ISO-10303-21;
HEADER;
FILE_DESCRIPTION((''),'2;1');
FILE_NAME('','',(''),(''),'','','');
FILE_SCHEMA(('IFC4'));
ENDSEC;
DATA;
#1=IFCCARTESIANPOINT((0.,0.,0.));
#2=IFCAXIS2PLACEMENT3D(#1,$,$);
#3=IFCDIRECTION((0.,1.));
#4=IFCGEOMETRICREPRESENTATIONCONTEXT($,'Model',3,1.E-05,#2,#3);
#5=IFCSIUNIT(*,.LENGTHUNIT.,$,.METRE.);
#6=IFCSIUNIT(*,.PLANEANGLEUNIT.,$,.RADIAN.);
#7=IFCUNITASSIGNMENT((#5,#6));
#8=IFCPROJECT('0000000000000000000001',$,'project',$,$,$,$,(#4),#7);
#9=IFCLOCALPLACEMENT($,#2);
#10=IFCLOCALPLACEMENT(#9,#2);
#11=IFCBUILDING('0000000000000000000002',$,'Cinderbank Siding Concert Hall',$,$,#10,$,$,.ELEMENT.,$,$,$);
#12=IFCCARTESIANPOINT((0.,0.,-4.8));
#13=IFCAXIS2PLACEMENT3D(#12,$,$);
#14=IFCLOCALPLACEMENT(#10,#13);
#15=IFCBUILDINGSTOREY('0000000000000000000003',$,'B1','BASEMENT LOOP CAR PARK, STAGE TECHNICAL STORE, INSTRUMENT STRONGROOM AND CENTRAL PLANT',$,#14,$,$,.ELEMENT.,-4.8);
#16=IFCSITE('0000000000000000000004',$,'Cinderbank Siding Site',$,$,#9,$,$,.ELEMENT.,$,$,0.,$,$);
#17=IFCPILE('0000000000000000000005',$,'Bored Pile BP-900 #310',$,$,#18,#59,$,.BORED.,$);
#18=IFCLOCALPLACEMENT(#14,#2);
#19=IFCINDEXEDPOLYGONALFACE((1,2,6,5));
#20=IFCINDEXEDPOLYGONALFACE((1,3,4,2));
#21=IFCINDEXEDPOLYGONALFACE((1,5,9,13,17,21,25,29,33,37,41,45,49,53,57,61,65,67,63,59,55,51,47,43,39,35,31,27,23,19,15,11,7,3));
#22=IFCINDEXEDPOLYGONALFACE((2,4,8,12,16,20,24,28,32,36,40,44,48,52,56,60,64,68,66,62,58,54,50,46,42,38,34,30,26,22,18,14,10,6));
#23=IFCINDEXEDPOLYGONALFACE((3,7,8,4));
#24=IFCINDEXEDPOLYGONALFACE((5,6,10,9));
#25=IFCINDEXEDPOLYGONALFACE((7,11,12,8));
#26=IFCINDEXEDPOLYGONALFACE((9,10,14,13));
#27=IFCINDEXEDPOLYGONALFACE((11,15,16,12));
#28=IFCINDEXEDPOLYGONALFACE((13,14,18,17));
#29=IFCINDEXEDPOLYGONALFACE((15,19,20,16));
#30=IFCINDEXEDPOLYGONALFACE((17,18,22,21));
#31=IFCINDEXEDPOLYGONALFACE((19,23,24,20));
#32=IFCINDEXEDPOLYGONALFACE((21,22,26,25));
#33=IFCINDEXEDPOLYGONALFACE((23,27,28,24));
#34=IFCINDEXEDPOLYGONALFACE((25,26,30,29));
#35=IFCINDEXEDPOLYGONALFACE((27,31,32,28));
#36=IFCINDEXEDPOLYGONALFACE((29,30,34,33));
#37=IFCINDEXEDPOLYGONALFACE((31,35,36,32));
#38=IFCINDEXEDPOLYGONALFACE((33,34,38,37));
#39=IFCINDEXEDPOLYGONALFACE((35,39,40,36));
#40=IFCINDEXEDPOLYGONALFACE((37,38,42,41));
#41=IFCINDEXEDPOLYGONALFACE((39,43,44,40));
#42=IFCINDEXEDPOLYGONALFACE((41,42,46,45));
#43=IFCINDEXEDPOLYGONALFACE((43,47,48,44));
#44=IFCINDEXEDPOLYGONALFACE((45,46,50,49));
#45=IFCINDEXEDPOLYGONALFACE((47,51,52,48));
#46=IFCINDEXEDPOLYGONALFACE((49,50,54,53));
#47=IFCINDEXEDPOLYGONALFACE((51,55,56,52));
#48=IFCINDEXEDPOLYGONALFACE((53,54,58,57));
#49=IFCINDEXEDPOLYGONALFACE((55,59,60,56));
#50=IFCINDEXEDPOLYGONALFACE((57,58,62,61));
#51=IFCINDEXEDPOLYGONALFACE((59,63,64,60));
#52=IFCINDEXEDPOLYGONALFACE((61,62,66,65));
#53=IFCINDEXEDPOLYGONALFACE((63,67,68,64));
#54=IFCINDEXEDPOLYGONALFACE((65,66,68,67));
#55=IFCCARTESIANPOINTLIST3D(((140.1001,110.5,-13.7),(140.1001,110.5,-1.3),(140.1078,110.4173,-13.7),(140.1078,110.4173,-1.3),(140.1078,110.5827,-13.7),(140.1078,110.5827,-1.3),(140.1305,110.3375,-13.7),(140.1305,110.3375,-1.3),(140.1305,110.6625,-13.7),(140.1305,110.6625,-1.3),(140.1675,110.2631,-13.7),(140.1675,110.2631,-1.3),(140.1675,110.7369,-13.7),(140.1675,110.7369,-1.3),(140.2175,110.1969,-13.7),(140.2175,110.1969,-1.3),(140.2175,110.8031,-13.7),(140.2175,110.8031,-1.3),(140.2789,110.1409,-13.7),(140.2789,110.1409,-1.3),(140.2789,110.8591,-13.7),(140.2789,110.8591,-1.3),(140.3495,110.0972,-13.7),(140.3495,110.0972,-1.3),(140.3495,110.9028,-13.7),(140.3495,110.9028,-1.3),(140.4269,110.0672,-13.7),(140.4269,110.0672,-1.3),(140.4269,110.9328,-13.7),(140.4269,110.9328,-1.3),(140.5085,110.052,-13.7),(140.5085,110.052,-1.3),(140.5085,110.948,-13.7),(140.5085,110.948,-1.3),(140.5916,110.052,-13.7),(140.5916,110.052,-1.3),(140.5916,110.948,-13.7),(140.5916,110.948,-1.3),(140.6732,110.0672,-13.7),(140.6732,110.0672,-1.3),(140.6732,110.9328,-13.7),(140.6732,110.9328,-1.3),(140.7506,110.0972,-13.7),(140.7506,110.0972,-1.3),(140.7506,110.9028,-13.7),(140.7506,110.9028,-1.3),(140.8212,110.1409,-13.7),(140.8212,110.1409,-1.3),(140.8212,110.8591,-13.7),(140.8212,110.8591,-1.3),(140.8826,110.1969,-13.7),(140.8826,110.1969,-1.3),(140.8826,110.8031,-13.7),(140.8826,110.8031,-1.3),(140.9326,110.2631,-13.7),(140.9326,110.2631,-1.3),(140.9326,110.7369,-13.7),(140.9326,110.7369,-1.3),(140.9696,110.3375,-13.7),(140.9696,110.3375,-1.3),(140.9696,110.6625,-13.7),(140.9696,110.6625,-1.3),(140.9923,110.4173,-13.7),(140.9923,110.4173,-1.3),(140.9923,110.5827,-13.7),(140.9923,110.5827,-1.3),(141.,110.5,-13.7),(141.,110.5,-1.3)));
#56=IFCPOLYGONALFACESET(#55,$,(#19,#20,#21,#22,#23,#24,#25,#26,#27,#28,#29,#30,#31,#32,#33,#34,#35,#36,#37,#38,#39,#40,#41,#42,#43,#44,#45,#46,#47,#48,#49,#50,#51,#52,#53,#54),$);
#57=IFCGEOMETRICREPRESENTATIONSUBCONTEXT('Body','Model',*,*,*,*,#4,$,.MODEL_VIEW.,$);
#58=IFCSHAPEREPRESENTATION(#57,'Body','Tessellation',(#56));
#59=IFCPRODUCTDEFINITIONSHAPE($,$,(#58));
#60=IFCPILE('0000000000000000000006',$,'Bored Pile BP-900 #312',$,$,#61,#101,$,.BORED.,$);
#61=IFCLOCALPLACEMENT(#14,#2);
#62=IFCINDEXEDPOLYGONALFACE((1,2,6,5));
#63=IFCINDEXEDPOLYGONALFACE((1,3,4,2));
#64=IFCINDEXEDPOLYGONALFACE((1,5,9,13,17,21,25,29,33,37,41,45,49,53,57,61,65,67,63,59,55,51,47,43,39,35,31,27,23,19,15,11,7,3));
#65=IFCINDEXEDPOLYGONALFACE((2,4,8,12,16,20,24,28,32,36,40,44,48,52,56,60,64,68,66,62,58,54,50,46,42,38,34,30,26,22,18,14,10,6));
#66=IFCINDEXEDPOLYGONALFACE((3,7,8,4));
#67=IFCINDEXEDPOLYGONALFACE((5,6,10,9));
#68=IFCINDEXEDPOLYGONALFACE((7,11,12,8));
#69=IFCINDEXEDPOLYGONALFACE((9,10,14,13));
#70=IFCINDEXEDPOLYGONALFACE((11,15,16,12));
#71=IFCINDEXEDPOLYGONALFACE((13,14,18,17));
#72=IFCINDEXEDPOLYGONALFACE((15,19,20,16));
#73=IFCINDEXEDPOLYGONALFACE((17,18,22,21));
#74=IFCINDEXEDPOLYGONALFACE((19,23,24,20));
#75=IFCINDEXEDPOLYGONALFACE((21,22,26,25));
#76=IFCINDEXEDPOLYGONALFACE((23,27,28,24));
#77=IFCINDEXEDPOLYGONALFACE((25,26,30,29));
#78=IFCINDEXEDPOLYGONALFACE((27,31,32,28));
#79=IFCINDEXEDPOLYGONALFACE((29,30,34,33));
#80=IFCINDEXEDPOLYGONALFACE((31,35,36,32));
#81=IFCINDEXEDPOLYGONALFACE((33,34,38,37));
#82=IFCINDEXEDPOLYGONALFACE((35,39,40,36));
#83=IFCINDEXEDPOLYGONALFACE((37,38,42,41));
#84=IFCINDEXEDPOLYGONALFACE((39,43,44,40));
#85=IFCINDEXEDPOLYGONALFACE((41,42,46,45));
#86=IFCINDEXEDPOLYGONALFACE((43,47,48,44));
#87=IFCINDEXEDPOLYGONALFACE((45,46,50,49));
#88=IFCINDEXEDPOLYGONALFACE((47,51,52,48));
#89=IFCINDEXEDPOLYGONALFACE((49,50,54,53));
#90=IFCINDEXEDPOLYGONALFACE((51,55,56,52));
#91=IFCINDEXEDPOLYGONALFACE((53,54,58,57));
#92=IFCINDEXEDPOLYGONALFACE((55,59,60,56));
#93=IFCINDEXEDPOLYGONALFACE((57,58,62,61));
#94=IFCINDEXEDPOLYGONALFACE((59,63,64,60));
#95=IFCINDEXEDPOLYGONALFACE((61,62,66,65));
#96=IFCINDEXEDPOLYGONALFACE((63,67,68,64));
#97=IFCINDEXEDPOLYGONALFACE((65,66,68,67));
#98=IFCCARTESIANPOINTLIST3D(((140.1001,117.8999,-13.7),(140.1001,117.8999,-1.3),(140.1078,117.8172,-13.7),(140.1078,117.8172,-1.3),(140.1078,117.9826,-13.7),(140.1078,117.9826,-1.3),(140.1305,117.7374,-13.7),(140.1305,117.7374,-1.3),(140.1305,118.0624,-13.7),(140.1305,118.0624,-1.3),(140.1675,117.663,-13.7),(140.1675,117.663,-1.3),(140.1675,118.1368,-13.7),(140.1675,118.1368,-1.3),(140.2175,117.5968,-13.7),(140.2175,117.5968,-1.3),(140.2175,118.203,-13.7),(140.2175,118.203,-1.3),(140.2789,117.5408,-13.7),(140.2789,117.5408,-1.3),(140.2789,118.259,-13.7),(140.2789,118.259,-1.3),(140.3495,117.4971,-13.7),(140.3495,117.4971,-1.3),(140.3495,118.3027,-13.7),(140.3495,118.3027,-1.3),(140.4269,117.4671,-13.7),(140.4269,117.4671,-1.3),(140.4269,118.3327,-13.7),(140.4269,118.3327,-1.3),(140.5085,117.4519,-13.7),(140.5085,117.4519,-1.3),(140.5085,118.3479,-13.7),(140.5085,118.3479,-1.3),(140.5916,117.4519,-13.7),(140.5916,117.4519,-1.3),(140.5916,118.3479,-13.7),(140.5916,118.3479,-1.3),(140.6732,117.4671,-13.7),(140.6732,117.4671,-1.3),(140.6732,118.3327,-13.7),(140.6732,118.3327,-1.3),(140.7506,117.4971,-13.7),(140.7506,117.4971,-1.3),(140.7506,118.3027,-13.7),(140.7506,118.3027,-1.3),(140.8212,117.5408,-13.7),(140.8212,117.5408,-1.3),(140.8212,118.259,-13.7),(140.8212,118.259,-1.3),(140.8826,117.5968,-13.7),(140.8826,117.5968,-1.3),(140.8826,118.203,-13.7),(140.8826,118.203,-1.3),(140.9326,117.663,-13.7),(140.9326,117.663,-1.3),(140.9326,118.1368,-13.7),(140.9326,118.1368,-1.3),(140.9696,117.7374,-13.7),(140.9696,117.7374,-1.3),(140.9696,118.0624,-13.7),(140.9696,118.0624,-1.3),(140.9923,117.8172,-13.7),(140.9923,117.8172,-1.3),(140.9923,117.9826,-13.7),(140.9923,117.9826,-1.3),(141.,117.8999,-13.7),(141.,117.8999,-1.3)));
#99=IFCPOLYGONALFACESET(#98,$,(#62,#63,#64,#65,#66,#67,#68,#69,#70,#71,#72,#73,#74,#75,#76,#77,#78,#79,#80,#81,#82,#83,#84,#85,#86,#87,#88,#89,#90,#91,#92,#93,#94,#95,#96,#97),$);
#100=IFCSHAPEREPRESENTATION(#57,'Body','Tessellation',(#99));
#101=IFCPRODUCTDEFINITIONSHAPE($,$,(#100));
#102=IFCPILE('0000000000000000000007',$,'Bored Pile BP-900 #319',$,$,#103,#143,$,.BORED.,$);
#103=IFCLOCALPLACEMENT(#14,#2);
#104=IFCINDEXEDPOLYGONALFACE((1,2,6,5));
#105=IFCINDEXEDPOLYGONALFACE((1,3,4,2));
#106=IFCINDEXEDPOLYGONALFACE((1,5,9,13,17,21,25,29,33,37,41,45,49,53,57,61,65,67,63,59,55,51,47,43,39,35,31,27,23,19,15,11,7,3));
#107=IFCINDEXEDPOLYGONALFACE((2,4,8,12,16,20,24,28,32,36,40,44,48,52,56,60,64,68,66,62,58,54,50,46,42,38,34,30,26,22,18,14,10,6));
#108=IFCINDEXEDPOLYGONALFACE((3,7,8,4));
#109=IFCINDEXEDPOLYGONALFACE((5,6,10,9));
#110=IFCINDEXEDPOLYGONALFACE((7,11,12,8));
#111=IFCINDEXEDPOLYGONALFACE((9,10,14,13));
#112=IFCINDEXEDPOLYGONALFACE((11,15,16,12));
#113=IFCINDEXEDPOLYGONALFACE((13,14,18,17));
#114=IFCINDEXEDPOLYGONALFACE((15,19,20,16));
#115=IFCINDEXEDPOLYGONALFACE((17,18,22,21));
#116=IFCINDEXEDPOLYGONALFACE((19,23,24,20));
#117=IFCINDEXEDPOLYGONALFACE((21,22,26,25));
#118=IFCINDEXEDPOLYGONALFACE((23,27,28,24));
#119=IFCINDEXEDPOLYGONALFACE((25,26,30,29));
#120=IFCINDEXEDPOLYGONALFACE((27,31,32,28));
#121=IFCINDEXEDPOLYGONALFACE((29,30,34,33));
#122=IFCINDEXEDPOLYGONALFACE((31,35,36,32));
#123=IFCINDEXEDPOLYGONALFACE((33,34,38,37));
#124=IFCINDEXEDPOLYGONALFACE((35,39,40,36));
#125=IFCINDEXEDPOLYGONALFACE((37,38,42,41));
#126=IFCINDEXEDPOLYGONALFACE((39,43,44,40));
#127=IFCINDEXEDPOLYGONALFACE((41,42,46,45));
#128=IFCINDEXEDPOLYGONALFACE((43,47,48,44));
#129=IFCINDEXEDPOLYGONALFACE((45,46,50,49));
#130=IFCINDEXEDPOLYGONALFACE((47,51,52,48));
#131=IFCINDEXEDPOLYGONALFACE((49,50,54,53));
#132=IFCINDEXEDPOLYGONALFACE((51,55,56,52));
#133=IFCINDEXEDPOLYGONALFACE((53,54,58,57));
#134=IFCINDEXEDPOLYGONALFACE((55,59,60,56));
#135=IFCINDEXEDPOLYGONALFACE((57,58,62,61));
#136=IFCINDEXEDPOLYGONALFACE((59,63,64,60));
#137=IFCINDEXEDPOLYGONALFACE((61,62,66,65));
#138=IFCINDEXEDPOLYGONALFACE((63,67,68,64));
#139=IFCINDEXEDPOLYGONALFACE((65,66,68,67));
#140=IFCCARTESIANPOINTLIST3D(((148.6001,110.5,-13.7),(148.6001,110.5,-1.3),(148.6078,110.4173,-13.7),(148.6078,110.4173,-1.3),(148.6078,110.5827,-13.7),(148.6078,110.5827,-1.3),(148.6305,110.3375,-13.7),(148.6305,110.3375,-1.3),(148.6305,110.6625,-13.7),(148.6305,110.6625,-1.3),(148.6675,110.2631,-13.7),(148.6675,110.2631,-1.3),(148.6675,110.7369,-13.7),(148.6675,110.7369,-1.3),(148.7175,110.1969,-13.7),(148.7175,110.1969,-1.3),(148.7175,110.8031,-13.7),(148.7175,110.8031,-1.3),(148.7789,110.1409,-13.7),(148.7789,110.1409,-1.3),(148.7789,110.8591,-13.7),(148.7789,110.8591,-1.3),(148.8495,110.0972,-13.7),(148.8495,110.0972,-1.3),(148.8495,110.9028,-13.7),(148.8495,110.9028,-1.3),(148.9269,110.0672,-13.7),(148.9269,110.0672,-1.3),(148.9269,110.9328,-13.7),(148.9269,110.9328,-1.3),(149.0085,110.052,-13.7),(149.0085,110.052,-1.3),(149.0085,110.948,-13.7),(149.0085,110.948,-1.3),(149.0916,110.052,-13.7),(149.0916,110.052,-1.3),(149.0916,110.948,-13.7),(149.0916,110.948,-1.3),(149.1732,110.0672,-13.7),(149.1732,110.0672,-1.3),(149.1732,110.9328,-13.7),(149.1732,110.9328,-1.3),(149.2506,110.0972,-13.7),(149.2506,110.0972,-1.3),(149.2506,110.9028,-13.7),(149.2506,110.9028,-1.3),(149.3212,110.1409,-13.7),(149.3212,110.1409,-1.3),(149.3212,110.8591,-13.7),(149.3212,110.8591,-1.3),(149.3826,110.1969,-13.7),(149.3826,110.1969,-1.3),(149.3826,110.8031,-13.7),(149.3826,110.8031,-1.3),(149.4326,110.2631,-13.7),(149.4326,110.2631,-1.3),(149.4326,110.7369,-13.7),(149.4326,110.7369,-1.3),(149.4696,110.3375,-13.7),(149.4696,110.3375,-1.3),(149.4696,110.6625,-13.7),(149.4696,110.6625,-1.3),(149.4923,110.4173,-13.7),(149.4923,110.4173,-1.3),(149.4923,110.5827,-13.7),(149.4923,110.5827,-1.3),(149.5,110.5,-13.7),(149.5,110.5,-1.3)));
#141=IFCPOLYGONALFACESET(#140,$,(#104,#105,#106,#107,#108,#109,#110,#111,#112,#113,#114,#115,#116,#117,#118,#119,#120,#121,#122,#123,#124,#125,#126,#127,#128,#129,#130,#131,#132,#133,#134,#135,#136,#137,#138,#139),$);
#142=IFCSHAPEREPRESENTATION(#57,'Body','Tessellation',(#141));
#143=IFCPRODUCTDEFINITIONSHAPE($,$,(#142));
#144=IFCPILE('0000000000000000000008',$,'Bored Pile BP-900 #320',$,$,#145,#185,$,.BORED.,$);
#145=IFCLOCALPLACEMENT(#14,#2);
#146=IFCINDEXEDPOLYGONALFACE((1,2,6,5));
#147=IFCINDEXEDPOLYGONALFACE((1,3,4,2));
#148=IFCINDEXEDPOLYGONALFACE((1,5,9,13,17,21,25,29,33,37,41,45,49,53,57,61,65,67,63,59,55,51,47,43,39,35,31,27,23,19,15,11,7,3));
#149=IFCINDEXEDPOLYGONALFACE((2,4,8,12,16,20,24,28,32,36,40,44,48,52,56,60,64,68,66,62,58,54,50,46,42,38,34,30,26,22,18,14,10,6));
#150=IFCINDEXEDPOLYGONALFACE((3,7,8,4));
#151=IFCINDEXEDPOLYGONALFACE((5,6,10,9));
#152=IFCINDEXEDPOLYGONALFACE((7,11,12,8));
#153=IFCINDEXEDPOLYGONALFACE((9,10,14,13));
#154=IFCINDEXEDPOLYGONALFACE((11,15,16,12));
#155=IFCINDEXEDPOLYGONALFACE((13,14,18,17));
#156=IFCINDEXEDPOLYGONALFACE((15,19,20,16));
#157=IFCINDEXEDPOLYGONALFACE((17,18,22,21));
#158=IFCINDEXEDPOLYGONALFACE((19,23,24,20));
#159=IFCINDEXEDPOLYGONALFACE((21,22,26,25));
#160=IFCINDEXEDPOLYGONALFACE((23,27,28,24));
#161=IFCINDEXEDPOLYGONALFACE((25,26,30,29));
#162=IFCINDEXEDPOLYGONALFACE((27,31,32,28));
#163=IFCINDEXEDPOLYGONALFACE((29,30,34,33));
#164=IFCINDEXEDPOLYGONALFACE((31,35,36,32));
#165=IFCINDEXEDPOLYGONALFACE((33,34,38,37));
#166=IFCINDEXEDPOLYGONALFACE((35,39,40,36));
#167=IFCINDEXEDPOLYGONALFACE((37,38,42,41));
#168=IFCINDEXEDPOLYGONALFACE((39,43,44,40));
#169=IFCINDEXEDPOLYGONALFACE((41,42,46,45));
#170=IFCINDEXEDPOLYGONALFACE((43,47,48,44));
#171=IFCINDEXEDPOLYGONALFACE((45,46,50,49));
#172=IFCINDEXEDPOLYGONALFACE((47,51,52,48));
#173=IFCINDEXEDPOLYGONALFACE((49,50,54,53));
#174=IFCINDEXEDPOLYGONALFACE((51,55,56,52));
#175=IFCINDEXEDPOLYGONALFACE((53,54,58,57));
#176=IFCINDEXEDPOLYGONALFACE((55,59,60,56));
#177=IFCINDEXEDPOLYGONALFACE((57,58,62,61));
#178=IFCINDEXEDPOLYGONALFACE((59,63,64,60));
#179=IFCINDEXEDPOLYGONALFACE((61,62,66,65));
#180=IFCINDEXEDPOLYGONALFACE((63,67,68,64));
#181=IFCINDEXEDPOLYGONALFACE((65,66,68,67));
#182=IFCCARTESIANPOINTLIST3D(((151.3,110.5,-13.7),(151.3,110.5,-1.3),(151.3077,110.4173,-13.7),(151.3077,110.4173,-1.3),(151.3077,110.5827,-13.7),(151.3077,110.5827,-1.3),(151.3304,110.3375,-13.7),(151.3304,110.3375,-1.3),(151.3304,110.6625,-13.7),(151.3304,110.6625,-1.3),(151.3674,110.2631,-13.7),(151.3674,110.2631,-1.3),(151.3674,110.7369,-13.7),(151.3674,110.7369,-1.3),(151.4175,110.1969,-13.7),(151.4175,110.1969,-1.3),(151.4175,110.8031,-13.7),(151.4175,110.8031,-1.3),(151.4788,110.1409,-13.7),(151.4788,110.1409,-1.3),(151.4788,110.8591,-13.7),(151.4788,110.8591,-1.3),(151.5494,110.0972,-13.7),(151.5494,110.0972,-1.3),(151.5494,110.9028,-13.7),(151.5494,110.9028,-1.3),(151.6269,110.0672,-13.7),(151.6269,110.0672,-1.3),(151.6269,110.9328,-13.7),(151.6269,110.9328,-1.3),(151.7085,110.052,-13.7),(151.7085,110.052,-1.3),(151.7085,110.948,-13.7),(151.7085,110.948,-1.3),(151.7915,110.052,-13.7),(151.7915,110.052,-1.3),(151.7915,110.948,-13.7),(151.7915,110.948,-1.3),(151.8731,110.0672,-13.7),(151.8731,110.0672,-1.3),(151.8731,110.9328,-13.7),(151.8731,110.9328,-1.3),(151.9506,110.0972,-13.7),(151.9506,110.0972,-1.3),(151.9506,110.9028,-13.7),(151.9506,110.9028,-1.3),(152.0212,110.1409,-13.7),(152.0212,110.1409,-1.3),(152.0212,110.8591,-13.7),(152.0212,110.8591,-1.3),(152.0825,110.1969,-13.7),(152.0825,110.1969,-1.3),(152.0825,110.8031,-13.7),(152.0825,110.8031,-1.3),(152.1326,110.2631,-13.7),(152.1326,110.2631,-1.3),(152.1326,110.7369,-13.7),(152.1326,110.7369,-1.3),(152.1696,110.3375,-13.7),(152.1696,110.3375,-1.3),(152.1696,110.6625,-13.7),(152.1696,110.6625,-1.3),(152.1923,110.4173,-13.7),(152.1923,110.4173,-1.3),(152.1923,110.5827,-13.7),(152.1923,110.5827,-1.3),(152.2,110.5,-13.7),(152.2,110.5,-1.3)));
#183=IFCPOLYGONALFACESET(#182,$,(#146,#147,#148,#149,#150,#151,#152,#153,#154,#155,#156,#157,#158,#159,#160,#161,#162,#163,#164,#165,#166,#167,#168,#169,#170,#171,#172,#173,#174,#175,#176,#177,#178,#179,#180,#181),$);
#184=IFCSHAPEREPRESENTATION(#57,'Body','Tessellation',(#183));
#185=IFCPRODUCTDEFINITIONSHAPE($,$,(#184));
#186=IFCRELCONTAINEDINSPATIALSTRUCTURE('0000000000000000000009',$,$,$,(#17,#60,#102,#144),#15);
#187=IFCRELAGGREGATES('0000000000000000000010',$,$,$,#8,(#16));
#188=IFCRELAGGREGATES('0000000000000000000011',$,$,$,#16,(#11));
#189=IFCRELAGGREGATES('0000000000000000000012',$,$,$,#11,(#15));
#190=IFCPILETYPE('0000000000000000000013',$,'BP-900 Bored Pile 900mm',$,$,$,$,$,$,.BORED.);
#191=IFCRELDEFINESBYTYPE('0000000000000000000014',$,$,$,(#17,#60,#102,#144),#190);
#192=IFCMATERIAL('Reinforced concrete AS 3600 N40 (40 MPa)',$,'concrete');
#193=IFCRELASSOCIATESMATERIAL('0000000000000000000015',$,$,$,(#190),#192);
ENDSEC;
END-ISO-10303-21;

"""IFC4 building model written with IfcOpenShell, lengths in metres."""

from ifc_helpers import new_model, si_unit, direction, frame, origin, origin_2d, place, context, subcontext, project, spatial, circle, extrude, material, material_profile, profile_set, type_object, element, save


model = new_model("IFC4")

# Units and contexts
model_context = context("Model", 3, precision=1e-05, world=origin(), true_north=direction((0.0, 1.0)))
body_context = subcontext(model_context, "Body", "Model", "MODEL_VIEW")
ifc_project = project(units=[si_unit("LENGTHUNIT", "METRE"), si_unit("PLANEANGLEUNIT", "RADIAN")], contexts=[model_context])

# Site, building, storey
site_placement = place(None, origin())
site = spatial("IfcSite", under=ifc_project, at=site_placement, Name="Cinderbank Siding Site", CompositionType="ELEMENT", RefElevation=0.0)
building_placement = place(site_placement, origin())
building = spatial("IfcBuilding", under=site, at=building_placement, Name="Cinderbank Siding Concert Hall", CompositionType="ELEMENT")
storey_placement = place(building_placement, frame((0.0, 0.0, -4.8)))
storey = spatial("IfcBuildingStorey", under=building, at=storey_placement, Name="B1", Description="BASEMENT LOOP CAR PARK, STAGE TECHNICAL STORE, INSTRUMENT STRONGROOM AND CENTRAL PLANT", CompositionType="ELEMENT", Elevation=-4.8)

# Piles
ifc_material_1 = material(Name="Reinforced concrete AS 3600 N40 (40 MPa)", Category="concrete")
ifc_material_profile_1 = material_profile(ifc_material_1, circle(Radius=0.45, at=origin_2d()), Name="PILE-900DIA", Category="LoadBearing")
ifc_profile_set_1 = profile_set([ifc_material_profile_1], Name="Reinforced concrete AS 3600 N40 (40 MPa)")
pile_type = type_object("IfcPileType", Name="BP-900 Bored Pile 900mm", PredefinedType="BORED", material=ifc_profile_set_1)
for number, where, z_axis, x_axis, name in (
    (1, (140.55, 110.5, -1.3), (0.0, 0.0, -1.0), (1.0, 0.0, 0.0), "Bored Pile BP-900 #310"),
    (2, (140.55, 117.8999, -1.3), (0.0, 0.0, -1.0), (1.0, 0.0, 0.0), "Bored Pile BP-900 #312"),
    (3, (149.05, 110.5, -1.3), (0.0, 0.0, -1.0), (1.0, 0.0, 0.0), "Bored Pile BP-900 #319"),
    (4, (151.75, 110.5, -1.3), (0.0, 0.0, -1.0), (1.0, 0.0, 0.0), "Bored Pile BP-900 #320"),
):
    element("IfcPile", number, at=place(storey_placement, frame(where, z_axis=z_axis, x_axis=x_axis)), inside=storey, type_object=pile_type, Name=name, PredefinedType="BORED", context=body_context, shape_type="SweptSolid", body=[
        extrude(circle(Radius=0.45, at=origin_2d()), origin(), (0.0, 0.0, 1.0), 12.3999),
    ])

save(model, "model.ifc")
